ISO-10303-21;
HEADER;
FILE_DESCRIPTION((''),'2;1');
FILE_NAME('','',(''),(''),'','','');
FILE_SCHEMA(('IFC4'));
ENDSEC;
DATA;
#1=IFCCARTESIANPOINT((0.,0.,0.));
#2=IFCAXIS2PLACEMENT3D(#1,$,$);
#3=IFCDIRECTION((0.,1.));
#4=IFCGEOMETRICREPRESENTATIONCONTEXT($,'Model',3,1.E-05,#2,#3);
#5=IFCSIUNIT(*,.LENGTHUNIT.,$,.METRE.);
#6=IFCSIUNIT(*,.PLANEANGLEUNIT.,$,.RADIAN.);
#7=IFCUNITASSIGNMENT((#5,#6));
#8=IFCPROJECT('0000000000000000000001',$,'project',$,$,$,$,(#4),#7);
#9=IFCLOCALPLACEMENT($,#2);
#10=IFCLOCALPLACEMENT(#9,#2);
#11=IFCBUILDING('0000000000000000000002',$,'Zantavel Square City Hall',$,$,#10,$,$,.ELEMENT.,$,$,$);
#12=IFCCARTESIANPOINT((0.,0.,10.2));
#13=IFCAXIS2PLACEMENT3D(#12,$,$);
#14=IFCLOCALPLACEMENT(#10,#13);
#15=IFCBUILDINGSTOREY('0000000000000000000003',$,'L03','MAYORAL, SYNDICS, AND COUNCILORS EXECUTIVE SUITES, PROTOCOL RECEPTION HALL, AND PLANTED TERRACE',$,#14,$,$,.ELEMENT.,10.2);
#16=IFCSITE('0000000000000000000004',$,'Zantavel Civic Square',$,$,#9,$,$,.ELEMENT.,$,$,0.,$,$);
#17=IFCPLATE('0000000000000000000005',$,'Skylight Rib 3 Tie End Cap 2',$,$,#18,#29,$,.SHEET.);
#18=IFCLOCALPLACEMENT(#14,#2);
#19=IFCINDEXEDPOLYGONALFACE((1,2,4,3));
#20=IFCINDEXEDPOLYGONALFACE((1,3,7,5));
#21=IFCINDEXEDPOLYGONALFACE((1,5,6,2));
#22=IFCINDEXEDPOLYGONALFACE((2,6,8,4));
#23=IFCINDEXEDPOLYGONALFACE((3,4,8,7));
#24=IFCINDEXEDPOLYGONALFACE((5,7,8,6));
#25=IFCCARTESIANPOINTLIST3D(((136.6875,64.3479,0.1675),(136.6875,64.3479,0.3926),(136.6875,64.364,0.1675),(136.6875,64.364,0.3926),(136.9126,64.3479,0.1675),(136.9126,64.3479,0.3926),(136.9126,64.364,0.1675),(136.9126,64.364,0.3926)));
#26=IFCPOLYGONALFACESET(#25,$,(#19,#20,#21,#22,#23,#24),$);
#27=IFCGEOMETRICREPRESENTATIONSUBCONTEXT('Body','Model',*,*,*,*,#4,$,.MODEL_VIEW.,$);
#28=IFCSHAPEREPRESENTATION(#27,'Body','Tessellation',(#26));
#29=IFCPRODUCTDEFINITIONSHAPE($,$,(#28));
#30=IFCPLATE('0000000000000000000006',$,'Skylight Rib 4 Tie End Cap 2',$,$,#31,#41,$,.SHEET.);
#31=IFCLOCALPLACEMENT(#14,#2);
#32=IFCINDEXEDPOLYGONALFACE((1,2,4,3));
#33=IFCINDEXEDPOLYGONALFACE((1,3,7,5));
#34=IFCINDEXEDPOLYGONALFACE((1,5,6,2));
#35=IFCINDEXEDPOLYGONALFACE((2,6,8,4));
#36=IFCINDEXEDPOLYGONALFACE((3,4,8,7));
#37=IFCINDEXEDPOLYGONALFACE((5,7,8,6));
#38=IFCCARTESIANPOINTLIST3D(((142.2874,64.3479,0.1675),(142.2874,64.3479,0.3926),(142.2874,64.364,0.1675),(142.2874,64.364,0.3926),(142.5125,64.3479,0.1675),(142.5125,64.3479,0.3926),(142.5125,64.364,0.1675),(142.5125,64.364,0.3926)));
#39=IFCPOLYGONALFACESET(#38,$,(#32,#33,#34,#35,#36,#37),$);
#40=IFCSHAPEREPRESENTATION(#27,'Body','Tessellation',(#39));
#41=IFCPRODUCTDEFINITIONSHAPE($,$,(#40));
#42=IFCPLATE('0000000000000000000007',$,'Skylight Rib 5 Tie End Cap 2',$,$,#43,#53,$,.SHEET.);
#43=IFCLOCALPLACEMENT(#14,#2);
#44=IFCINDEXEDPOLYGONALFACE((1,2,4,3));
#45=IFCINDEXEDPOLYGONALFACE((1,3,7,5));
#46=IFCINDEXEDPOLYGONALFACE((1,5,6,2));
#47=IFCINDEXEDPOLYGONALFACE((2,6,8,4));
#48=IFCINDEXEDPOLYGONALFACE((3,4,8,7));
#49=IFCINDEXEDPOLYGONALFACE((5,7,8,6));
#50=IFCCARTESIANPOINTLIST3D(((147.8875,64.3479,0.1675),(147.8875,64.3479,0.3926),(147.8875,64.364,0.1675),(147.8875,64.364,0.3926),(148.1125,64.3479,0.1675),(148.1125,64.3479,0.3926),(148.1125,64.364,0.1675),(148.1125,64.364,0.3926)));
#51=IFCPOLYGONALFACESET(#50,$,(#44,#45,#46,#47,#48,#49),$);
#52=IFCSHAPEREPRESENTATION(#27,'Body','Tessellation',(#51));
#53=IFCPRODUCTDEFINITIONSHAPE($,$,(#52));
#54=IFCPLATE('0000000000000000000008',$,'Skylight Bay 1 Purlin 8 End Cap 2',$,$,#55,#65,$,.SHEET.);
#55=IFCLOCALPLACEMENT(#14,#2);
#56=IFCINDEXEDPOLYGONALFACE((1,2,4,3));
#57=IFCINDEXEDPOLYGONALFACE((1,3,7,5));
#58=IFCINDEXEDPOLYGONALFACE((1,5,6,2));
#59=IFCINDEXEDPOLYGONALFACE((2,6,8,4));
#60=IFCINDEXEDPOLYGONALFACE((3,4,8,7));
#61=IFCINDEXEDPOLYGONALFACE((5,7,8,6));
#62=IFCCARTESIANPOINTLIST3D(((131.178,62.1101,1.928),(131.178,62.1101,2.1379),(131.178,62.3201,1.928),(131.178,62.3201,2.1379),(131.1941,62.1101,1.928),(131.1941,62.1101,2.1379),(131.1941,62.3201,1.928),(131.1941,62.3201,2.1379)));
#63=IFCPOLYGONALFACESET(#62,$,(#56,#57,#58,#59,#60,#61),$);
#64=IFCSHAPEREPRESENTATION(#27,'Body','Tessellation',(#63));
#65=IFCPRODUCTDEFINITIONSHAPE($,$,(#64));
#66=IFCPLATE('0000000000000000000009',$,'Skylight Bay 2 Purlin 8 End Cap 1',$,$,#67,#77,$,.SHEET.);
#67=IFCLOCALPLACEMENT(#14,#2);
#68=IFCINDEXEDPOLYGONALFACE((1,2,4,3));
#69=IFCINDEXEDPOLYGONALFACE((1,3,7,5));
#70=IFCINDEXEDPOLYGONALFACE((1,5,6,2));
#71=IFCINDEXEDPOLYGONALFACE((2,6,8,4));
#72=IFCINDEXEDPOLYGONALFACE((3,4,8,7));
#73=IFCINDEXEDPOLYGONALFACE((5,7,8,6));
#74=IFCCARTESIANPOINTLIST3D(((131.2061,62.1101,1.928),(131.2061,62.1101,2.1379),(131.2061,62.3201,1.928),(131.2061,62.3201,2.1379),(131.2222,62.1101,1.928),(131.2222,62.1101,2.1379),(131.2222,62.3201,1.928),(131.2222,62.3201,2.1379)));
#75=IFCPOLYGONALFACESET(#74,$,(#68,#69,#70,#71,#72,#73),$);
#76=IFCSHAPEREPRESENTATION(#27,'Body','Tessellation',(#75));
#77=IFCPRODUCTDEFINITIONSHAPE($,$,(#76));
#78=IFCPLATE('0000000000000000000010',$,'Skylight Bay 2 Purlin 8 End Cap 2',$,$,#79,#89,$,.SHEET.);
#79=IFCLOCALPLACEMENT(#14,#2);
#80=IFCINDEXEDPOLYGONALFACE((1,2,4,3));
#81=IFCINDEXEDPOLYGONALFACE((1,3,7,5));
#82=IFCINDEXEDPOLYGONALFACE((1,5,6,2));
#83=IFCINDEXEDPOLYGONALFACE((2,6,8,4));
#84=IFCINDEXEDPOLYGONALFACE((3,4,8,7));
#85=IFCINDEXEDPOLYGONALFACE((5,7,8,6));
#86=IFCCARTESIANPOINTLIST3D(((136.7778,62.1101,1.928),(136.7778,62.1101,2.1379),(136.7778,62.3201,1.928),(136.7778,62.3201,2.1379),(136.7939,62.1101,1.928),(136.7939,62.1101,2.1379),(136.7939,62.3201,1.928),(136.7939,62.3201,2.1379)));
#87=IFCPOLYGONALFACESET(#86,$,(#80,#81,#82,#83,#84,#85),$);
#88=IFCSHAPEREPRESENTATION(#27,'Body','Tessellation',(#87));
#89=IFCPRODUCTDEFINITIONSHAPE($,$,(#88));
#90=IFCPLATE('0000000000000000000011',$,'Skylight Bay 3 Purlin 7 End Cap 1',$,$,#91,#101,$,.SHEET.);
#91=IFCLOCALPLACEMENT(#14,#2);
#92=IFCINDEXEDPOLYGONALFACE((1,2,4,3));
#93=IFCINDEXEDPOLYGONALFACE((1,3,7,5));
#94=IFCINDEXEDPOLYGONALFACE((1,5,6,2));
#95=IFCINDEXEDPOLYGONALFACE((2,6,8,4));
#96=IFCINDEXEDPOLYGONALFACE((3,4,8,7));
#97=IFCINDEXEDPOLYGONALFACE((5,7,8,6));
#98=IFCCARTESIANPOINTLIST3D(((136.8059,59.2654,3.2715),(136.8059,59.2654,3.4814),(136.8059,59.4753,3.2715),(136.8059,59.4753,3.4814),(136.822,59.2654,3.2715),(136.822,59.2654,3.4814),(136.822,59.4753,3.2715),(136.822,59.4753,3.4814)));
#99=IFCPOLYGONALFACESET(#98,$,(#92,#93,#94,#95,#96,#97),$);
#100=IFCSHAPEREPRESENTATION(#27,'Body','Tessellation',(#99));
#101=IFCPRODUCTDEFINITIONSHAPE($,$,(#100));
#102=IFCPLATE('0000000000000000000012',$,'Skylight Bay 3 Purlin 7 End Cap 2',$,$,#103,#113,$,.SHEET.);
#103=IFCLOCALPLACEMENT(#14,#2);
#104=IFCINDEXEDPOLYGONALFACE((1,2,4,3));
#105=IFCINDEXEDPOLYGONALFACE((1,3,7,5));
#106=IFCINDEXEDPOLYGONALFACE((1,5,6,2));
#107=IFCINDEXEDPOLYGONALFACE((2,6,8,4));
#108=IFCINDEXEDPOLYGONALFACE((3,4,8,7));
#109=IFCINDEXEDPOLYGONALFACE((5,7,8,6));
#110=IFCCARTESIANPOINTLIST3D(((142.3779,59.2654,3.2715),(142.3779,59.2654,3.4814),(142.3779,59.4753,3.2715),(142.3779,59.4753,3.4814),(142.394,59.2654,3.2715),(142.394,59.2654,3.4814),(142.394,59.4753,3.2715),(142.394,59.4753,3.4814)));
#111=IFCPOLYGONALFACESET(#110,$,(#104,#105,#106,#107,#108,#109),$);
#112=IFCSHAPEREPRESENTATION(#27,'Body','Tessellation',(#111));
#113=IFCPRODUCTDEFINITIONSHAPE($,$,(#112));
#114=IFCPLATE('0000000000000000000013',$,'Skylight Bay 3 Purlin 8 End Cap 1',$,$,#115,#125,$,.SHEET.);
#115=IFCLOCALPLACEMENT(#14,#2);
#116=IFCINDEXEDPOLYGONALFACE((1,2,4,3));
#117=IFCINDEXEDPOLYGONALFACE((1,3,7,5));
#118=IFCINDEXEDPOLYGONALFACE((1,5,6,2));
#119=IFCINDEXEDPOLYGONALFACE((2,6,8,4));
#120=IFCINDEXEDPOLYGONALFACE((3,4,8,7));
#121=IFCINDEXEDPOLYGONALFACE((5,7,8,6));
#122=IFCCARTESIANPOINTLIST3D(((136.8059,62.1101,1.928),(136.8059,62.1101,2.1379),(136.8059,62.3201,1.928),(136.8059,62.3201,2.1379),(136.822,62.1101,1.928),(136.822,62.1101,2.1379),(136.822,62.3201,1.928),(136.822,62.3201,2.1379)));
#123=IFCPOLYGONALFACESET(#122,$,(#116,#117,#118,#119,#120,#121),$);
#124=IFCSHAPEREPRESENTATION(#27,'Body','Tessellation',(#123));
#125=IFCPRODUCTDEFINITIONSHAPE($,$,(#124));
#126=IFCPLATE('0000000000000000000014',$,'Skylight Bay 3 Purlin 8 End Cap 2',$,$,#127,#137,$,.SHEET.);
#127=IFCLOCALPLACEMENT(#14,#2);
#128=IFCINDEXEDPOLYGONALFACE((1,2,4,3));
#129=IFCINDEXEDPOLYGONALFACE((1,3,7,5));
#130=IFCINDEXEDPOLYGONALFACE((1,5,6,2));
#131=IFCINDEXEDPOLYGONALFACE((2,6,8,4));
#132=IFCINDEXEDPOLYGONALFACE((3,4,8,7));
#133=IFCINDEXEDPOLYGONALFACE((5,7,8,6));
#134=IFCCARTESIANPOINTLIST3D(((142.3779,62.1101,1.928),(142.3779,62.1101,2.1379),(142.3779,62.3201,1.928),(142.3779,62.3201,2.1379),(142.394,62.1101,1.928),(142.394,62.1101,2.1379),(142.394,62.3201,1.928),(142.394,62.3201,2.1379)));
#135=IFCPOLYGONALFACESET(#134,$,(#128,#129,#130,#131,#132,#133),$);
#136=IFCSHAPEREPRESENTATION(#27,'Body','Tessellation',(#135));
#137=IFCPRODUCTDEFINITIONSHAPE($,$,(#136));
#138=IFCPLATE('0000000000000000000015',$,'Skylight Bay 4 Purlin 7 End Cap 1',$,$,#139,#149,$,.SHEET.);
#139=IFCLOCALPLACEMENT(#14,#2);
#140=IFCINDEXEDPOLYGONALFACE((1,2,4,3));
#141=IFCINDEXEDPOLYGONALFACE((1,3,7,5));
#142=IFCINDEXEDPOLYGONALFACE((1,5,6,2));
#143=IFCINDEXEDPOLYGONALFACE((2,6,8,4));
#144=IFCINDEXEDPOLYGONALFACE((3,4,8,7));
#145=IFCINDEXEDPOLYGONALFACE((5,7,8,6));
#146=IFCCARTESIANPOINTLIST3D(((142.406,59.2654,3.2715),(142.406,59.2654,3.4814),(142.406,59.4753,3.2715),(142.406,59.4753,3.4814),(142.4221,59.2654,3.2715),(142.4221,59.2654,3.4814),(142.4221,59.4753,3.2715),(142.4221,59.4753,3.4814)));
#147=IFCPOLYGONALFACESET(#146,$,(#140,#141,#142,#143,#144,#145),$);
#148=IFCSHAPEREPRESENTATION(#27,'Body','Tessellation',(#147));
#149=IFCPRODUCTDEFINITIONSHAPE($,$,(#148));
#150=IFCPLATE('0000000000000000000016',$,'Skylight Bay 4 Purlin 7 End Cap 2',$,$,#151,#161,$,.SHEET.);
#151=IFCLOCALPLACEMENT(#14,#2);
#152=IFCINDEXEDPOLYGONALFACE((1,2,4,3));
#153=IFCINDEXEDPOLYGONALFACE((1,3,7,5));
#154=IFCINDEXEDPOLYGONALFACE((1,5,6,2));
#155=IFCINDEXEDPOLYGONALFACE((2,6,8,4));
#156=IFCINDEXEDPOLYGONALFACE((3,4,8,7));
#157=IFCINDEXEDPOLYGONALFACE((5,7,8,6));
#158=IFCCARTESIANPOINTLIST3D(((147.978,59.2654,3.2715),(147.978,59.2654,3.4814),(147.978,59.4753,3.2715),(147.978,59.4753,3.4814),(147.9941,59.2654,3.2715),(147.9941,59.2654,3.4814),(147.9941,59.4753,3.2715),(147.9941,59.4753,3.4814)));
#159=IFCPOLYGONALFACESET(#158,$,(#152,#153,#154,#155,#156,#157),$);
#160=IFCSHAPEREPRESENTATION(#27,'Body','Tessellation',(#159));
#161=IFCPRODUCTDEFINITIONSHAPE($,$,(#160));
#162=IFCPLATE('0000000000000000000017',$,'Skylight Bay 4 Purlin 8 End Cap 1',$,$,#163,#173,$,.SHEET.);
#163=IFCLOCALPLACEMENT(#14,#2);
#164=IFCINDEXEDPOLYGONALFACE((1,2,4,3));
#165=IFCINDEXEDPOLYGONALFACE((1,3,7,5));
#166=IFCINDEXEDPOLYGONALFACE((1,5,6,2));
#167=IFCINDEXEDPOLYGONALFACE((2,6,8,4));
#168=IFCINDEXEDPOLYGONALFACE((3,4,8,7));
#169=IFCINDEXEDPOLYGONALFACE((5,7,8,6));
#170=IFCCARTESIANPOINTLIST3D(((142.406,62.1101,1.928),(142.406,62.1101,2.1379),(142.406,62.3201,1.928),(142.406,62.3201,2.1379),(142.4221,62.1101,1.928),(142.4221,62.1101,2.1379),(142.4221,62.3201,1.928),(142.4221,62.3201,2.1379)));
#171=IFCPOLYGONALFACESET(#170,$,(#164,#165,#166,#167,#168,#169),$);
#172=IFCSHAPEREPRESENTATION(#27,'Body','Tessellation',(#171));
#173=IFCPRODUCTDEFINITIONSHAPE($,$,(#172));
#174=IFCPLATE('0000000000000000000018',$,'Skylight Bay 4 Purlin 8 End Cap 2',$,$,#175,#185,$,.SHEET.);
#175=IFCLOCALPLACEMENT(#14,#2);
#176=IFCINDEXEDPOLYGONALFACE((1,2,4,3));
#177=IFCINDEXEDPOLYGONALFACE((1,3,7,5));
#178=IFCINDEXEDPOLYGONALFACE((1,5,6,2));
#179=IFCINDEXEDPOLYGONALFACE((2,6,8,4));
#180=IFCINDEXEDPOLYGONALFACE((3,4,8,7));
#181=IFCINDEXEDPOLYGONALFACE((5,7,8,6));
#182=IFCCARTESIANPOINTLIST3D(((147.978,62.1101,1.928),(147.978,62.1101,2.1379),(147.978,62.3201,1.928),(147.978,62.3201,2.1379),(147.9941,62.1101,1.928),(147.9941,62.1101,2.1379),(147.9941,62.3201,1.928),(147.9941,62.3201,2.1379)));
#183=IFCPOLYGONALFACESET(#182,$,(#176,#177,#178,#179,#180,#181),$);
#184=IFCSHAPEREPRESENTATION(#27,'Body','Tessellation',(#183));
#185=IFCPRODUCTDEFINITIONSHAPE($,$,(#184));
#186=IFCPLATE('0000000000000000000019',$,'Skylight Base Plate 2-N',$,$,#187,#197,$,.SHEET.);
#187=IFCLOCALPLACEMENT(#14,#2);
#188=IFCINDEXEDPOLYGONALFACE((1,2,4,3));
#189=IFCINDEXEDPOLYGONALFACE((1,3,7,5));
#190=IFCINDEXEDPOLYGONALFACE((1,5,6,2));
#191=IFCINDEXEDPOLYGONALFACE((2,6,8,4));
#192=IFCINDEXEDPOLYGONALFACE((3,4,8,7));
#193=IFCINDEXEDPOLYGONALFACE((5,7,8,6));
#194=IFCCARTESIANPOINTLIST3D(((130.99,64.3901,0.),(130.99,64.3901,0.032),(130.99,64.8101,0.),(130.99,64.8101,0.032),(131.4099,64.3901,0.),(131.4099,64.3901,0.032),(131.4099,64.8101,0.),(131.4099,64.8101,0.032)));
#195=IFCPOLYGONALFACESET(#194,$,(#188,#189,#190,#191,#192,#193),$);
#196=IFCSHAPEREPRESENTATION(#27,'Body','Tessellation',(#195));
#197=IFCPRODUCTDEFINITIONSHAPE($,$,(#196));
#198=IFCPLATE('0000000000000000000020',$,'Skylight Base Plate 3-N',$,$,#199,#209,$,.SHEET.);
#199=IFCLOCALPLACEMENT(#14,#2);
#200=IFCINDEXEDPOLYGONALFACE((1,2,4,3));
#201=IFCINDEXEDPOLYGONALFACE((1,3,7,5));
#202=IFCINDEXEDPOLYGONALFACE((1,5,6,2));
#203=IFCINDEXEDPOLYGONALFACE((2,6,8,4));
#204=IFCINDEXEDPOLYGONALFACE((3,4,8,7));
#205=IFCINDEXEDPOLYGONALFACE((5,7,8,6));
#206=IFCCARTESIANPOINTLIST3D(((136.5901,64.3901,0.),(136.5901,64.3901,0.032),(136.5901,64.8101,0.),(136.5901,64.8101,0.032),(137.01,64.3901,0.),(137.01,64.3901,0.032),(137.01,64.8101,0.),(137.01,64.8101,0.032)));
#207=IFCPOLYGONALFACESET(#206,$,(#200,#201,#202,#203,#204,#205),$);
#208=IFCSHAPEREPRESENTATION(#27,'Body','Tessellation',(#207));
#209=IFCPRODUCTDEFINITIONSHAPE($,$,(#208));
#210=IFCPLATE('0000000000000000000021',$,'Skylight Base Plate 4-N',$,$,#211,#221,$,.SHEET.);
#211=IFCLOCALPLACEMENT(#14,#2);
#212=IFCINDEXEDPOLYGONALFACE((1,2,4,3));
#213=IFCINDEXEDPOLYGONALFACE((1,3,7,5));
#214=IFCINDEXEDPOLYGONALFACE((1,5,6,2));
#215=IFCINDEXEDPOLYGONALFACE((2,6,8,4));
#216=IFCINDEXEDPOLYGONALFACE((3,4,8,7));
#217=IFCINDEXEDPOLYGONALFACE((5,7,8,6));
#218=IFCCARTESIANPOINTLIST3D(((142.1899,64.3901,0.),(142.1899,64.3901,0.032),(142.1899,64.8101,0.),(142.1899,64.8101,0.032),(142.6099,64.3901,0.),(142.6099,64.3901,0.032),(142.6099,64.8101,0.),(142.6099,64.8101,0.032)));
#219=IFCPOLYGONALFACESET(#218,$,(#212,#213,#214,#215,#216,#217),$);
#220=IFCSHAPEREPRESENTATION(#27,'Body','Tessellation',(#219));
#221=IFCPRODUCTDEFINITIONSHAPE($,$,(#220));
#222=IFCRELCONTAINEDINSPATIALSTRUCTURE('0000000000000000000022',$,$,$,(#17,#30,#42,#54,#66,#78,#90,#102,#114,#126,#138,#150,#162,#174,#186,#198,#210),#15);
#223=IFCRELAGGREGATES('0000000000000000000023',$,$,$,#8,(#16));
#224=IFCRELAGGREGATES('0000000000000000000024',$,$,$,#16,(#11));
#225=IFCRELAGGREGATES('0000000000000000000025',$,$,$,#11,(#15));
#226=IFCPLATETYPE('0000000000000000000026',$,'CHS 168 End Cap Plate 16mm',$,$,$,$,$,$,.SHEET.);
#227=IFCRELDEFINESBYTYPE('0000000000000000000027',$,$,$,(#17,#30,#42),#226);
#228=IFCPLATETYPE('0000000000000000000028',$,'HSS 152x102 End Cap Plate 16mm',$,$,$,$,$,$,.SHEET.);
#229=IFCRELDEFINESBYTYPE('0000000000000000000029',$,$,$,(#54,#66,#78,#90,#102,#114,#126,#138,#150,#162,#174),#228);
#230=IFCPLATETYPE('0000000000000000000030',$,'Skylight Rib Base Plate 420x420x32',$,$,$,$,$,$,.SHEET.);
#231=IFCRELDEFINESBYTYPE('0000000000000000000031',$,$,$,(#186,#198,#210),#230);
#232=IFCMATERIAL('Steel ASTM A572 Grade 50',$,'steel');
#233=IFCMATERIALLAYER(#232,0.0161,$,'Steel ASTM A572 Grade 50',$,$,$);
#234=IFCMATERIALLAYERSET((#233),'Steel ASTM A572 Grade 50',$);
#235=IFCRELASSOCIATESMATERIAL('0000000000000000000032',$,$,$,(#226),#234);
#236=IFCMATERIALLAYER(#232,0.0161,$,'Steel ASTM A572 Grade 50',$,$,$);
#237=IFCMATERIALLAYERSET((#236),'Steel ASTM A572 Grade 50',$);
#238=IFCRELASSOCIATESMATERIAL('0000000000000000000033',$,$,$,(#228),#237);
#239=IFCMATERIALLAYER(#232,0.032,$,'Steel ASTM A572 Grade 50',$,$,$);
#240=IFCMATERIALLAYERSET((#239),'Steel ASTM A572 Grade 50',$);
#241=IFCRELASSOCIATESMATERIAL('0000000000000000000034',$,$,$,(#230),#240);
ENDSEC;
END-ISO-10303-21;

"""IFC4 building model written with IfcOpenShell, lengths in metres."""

from ifc_helpers import new_model, si_unit, direction, frame, origin, origin_2d, place, context, subcontext, project, spatial, rectangle, extrude, material, layer, layer_set, type_object, element, save


model = new_model("IFC4")

# Units and contexts
model_context = context("Model", 3, precision=1e-05, world=origin(), true_north=direction((0.0, 1.0)))
body_context = subcontext(model_context, "Body", "Model", "MODEL_VIEW")
ifc_project = project(units=[si_unit("LENGTHUNIT", "METRE"), si_unit("PLANEANGLEUNIT", "RADIAN")], contexts=[model_context])

# Site, building, storey
site_placement = place(None, origin())
site = spatial("IfcSite", under=ifc_project, at=site_placement, Name="Zantavel Civic Square", CompositionType="ELEMENT", RefElevation=0.0)
building_placement = place(site_placement, origin())
building = spatial("IfcBuilding", under=site, at=building_placement, Name="Zantavel Square City Hall", CompositionType="ELEMENT")
storey_placement = place(building_placement, frame((0.0, 0.0, 10.2)))
storey = spatial("IfcBuildingStorey", under=building, at=storey_placement, Name="L03", Description="MAYORAL, SYNDICS, AND COUNCILORS EXECUTIVE SUITES, PROTOCOL RECEPTION HALL, AND PLANTED TERRACE", CompositionType="ELEMENT", Elevation=10.2)

# Plates
ifc_material_1 = material(Name="Steel ASTM A572 Grade 50", Category="steel")
ifc_layer_1 = layer(ifc_material_1, 0.0161, Name="Steel ASTM A572 Grade 50")
ifc_layer_set_1 = layer_set([ifc_layer_1], Name="Steel ASTM A572 Grade 50")
plate_type_1 = type_object("IfcPlateType", Name="CHS 168 End Cap Plate 16mm", PredefinedType="SHEET", material=ifc_layer_set_1)
for number, where, z_axis, x_axis, name in (
    (1, (136.8, 64.356, 0.1675), (0.0, 0.0, 1.0), (0.0, 1.0, 0.0), "Skylight Rib 3 Tie End Cap 2"),
    (2, (142.3999, 64.356, 0.1675), (0.0, 0.0, 1.0), (0.0, 1.0, 0.0), "Skylight Rib 4 Tie End Cap 2"),
    (3, (148.0, 64.356, 0.1675), (0.0, 0.0, 1.0), (0.0, 1.0, 0.0), "Skylight Rib 5 Tie End Cap 2"),
):
    element("IfcPlate", number, at=place(storey_placement, frame(where, z_axis=z_axis, x_axis=x_axis)), inside=storey, type_object=plate_type_1, Name=name, PredefinedType="SHEET", context=body_context, shape_type="SweptSolid", body=[
        extrude(rectangle(XDim=0.0161, YDim=0.2251, at=origin_2d()), origin(), (0.0, 0.0, 1.0), 0.2251),
    ])
ifc_layer_2 = layer(ifc_material_1, 0.0161, Name="Steel ASTM A572 Grade 50")
ifc_layer_set_2 = layer_set([ifc_layer_2], Name="Steel ASTM A572 Grade 50")
plate_type_2 = type_object("IfcPlateType", Name="HSS 152x102 End Cap Plate 16mm", PredefinedType="SHEET", material=ifc_layer_set_2)
for number, where, z_axis, x_axis, name in (
    (4, (131.186, 62.2151, 1.928), (0.0, 0.0, 1.0), (1.0, 0.0, 0.0), "Skylight Bay 1 Purlin 8 End Cap 2"),
    (5, (131.2141, 62.2151, 1.928), (0.0, 0.0, 1.0), (1.0, 0.0, 0.0), "Skylight Bay 2 Purlin 8 End Cap 1"),
    (6, (136.7859, 62.2151, 1.928), (0.0, 0.0, 1.0), (1.0, 0.0, 0.0), "Skylight Bay 2 Purlin 8 End Cap 2"),
    (7, (136.814, 59.3704, 3.2715), (0.0, 0.0, 1.0), (1.0, 0.0, 0.0), "Skylight Bay 3 Purlin 7 End Cap 1"),
    (8, (142.386, 59.3704, 3.2715), (0.0, 0.0, 1.0), (1.0, 0.0, 0.0), "Skylight Bay 3 Purlin 7 End Cap 2"),
    (9, (136.814, 62.2151, 1.928), (0.0, 0.0, 1.0), (1.0, 0.0, 0.0), "Skylight Bay 3 Purlin 8 End Cap 1"),
    (10, (142.386, 62.2151, 1.928), (0.0, 0.0, 1.0), (1.0, 0.0, 0.0), "Skylight Bay 3 Purlin 8 End Cap 2"),
    (11, (142.4141, 59.3704, 3.2715), (0.0, 0.0, 1.0), (1.0, 0.0, 0.0), "Skylight Bay 4 Purlin 7 End Cap 1"),
    (12, (147.9861, 59.3704, 3.2715), (0.0, 0.0, 1.0), (1.0, 0.0, 0.0), "Skylight Bay 4 Purlin 7 End Cap 2"),
    (13, (142.4141, 62.2151, 1.928), (0.0, 0.0, 1.0), (1.0, 0.0, 0.0), "Skylight Bay 4 Purlin 8 End Cap 1"),
    (14, (147.9861, 62.2151, 1.928), (0.0, 0.0, 1.0), (1.0, 0.0, 0.0), "Skylight Bay 4 Purlin 8 End Cap 2"),
):
    element("IfcPlate", number, at=place(storey_placement, frame(where, z_axis=z_axis, x_axis=x_axis)), inside=storey, type_object=plate_type_2, Name=name, PredefinedType="SHEET", context=body_context, shape_type="SweptSolid", body=[
        extrude(rectangle(XDim=0.0161, YDim=0.21, at=origin_2d()), origin(), (0.0, 0.0, 1.0), 0.21),
    ])
ifc_layer_3 = layer(ifc_material_1, 0.032, Name="Steel ASTM A572 Grade 50")
ifc_layer_set_3 = layer_set([ifc_layer_3], Name="Steel ASTM A572 Grade 50")
plate_type_3 = type_object("IfcPlateType", Name="Skylight Rib Base Plate 420x420x32", PredefinedType="SHEET", material=ifc_layer_set_3)
for number, where, z_axis, x_axis, name in (
    (15, (131.2, 64.6001, 0.0), (0.0, 0.0, 1.0), (1.0, 0.0, 0.0), "Skylight Base Plate 2-N"),
    (16, (136.8, 64.6001, 0.0), (0.0, 0.0, 1.0), (1.0, 0.0, 0.0), "Skylight Base Plate 3-N"),
    (17, (142.3999, 64.6001, 0.0), (0.0, 0.0, 1.0), (1.0, 0.0, 0.0), "Skylight Base Plate 4-N"),
):
    element("IfcPlate", number, at=place(storey_placement, frame(where, z_axis=z_axis, x_axis=x_axis)), inside=storey, type_object=plate_type_3, Name=name, PredefinedType="SHEET", context=body_context, shape_type="SweptSolid", body=[
        extrude(rectangle(XDim=0.4199, YDim=0.4199, at=origin_2d()), origin(), (0.0, 0.0, 1.0), 0.032),
    ])

save(model, "model.ifc")
